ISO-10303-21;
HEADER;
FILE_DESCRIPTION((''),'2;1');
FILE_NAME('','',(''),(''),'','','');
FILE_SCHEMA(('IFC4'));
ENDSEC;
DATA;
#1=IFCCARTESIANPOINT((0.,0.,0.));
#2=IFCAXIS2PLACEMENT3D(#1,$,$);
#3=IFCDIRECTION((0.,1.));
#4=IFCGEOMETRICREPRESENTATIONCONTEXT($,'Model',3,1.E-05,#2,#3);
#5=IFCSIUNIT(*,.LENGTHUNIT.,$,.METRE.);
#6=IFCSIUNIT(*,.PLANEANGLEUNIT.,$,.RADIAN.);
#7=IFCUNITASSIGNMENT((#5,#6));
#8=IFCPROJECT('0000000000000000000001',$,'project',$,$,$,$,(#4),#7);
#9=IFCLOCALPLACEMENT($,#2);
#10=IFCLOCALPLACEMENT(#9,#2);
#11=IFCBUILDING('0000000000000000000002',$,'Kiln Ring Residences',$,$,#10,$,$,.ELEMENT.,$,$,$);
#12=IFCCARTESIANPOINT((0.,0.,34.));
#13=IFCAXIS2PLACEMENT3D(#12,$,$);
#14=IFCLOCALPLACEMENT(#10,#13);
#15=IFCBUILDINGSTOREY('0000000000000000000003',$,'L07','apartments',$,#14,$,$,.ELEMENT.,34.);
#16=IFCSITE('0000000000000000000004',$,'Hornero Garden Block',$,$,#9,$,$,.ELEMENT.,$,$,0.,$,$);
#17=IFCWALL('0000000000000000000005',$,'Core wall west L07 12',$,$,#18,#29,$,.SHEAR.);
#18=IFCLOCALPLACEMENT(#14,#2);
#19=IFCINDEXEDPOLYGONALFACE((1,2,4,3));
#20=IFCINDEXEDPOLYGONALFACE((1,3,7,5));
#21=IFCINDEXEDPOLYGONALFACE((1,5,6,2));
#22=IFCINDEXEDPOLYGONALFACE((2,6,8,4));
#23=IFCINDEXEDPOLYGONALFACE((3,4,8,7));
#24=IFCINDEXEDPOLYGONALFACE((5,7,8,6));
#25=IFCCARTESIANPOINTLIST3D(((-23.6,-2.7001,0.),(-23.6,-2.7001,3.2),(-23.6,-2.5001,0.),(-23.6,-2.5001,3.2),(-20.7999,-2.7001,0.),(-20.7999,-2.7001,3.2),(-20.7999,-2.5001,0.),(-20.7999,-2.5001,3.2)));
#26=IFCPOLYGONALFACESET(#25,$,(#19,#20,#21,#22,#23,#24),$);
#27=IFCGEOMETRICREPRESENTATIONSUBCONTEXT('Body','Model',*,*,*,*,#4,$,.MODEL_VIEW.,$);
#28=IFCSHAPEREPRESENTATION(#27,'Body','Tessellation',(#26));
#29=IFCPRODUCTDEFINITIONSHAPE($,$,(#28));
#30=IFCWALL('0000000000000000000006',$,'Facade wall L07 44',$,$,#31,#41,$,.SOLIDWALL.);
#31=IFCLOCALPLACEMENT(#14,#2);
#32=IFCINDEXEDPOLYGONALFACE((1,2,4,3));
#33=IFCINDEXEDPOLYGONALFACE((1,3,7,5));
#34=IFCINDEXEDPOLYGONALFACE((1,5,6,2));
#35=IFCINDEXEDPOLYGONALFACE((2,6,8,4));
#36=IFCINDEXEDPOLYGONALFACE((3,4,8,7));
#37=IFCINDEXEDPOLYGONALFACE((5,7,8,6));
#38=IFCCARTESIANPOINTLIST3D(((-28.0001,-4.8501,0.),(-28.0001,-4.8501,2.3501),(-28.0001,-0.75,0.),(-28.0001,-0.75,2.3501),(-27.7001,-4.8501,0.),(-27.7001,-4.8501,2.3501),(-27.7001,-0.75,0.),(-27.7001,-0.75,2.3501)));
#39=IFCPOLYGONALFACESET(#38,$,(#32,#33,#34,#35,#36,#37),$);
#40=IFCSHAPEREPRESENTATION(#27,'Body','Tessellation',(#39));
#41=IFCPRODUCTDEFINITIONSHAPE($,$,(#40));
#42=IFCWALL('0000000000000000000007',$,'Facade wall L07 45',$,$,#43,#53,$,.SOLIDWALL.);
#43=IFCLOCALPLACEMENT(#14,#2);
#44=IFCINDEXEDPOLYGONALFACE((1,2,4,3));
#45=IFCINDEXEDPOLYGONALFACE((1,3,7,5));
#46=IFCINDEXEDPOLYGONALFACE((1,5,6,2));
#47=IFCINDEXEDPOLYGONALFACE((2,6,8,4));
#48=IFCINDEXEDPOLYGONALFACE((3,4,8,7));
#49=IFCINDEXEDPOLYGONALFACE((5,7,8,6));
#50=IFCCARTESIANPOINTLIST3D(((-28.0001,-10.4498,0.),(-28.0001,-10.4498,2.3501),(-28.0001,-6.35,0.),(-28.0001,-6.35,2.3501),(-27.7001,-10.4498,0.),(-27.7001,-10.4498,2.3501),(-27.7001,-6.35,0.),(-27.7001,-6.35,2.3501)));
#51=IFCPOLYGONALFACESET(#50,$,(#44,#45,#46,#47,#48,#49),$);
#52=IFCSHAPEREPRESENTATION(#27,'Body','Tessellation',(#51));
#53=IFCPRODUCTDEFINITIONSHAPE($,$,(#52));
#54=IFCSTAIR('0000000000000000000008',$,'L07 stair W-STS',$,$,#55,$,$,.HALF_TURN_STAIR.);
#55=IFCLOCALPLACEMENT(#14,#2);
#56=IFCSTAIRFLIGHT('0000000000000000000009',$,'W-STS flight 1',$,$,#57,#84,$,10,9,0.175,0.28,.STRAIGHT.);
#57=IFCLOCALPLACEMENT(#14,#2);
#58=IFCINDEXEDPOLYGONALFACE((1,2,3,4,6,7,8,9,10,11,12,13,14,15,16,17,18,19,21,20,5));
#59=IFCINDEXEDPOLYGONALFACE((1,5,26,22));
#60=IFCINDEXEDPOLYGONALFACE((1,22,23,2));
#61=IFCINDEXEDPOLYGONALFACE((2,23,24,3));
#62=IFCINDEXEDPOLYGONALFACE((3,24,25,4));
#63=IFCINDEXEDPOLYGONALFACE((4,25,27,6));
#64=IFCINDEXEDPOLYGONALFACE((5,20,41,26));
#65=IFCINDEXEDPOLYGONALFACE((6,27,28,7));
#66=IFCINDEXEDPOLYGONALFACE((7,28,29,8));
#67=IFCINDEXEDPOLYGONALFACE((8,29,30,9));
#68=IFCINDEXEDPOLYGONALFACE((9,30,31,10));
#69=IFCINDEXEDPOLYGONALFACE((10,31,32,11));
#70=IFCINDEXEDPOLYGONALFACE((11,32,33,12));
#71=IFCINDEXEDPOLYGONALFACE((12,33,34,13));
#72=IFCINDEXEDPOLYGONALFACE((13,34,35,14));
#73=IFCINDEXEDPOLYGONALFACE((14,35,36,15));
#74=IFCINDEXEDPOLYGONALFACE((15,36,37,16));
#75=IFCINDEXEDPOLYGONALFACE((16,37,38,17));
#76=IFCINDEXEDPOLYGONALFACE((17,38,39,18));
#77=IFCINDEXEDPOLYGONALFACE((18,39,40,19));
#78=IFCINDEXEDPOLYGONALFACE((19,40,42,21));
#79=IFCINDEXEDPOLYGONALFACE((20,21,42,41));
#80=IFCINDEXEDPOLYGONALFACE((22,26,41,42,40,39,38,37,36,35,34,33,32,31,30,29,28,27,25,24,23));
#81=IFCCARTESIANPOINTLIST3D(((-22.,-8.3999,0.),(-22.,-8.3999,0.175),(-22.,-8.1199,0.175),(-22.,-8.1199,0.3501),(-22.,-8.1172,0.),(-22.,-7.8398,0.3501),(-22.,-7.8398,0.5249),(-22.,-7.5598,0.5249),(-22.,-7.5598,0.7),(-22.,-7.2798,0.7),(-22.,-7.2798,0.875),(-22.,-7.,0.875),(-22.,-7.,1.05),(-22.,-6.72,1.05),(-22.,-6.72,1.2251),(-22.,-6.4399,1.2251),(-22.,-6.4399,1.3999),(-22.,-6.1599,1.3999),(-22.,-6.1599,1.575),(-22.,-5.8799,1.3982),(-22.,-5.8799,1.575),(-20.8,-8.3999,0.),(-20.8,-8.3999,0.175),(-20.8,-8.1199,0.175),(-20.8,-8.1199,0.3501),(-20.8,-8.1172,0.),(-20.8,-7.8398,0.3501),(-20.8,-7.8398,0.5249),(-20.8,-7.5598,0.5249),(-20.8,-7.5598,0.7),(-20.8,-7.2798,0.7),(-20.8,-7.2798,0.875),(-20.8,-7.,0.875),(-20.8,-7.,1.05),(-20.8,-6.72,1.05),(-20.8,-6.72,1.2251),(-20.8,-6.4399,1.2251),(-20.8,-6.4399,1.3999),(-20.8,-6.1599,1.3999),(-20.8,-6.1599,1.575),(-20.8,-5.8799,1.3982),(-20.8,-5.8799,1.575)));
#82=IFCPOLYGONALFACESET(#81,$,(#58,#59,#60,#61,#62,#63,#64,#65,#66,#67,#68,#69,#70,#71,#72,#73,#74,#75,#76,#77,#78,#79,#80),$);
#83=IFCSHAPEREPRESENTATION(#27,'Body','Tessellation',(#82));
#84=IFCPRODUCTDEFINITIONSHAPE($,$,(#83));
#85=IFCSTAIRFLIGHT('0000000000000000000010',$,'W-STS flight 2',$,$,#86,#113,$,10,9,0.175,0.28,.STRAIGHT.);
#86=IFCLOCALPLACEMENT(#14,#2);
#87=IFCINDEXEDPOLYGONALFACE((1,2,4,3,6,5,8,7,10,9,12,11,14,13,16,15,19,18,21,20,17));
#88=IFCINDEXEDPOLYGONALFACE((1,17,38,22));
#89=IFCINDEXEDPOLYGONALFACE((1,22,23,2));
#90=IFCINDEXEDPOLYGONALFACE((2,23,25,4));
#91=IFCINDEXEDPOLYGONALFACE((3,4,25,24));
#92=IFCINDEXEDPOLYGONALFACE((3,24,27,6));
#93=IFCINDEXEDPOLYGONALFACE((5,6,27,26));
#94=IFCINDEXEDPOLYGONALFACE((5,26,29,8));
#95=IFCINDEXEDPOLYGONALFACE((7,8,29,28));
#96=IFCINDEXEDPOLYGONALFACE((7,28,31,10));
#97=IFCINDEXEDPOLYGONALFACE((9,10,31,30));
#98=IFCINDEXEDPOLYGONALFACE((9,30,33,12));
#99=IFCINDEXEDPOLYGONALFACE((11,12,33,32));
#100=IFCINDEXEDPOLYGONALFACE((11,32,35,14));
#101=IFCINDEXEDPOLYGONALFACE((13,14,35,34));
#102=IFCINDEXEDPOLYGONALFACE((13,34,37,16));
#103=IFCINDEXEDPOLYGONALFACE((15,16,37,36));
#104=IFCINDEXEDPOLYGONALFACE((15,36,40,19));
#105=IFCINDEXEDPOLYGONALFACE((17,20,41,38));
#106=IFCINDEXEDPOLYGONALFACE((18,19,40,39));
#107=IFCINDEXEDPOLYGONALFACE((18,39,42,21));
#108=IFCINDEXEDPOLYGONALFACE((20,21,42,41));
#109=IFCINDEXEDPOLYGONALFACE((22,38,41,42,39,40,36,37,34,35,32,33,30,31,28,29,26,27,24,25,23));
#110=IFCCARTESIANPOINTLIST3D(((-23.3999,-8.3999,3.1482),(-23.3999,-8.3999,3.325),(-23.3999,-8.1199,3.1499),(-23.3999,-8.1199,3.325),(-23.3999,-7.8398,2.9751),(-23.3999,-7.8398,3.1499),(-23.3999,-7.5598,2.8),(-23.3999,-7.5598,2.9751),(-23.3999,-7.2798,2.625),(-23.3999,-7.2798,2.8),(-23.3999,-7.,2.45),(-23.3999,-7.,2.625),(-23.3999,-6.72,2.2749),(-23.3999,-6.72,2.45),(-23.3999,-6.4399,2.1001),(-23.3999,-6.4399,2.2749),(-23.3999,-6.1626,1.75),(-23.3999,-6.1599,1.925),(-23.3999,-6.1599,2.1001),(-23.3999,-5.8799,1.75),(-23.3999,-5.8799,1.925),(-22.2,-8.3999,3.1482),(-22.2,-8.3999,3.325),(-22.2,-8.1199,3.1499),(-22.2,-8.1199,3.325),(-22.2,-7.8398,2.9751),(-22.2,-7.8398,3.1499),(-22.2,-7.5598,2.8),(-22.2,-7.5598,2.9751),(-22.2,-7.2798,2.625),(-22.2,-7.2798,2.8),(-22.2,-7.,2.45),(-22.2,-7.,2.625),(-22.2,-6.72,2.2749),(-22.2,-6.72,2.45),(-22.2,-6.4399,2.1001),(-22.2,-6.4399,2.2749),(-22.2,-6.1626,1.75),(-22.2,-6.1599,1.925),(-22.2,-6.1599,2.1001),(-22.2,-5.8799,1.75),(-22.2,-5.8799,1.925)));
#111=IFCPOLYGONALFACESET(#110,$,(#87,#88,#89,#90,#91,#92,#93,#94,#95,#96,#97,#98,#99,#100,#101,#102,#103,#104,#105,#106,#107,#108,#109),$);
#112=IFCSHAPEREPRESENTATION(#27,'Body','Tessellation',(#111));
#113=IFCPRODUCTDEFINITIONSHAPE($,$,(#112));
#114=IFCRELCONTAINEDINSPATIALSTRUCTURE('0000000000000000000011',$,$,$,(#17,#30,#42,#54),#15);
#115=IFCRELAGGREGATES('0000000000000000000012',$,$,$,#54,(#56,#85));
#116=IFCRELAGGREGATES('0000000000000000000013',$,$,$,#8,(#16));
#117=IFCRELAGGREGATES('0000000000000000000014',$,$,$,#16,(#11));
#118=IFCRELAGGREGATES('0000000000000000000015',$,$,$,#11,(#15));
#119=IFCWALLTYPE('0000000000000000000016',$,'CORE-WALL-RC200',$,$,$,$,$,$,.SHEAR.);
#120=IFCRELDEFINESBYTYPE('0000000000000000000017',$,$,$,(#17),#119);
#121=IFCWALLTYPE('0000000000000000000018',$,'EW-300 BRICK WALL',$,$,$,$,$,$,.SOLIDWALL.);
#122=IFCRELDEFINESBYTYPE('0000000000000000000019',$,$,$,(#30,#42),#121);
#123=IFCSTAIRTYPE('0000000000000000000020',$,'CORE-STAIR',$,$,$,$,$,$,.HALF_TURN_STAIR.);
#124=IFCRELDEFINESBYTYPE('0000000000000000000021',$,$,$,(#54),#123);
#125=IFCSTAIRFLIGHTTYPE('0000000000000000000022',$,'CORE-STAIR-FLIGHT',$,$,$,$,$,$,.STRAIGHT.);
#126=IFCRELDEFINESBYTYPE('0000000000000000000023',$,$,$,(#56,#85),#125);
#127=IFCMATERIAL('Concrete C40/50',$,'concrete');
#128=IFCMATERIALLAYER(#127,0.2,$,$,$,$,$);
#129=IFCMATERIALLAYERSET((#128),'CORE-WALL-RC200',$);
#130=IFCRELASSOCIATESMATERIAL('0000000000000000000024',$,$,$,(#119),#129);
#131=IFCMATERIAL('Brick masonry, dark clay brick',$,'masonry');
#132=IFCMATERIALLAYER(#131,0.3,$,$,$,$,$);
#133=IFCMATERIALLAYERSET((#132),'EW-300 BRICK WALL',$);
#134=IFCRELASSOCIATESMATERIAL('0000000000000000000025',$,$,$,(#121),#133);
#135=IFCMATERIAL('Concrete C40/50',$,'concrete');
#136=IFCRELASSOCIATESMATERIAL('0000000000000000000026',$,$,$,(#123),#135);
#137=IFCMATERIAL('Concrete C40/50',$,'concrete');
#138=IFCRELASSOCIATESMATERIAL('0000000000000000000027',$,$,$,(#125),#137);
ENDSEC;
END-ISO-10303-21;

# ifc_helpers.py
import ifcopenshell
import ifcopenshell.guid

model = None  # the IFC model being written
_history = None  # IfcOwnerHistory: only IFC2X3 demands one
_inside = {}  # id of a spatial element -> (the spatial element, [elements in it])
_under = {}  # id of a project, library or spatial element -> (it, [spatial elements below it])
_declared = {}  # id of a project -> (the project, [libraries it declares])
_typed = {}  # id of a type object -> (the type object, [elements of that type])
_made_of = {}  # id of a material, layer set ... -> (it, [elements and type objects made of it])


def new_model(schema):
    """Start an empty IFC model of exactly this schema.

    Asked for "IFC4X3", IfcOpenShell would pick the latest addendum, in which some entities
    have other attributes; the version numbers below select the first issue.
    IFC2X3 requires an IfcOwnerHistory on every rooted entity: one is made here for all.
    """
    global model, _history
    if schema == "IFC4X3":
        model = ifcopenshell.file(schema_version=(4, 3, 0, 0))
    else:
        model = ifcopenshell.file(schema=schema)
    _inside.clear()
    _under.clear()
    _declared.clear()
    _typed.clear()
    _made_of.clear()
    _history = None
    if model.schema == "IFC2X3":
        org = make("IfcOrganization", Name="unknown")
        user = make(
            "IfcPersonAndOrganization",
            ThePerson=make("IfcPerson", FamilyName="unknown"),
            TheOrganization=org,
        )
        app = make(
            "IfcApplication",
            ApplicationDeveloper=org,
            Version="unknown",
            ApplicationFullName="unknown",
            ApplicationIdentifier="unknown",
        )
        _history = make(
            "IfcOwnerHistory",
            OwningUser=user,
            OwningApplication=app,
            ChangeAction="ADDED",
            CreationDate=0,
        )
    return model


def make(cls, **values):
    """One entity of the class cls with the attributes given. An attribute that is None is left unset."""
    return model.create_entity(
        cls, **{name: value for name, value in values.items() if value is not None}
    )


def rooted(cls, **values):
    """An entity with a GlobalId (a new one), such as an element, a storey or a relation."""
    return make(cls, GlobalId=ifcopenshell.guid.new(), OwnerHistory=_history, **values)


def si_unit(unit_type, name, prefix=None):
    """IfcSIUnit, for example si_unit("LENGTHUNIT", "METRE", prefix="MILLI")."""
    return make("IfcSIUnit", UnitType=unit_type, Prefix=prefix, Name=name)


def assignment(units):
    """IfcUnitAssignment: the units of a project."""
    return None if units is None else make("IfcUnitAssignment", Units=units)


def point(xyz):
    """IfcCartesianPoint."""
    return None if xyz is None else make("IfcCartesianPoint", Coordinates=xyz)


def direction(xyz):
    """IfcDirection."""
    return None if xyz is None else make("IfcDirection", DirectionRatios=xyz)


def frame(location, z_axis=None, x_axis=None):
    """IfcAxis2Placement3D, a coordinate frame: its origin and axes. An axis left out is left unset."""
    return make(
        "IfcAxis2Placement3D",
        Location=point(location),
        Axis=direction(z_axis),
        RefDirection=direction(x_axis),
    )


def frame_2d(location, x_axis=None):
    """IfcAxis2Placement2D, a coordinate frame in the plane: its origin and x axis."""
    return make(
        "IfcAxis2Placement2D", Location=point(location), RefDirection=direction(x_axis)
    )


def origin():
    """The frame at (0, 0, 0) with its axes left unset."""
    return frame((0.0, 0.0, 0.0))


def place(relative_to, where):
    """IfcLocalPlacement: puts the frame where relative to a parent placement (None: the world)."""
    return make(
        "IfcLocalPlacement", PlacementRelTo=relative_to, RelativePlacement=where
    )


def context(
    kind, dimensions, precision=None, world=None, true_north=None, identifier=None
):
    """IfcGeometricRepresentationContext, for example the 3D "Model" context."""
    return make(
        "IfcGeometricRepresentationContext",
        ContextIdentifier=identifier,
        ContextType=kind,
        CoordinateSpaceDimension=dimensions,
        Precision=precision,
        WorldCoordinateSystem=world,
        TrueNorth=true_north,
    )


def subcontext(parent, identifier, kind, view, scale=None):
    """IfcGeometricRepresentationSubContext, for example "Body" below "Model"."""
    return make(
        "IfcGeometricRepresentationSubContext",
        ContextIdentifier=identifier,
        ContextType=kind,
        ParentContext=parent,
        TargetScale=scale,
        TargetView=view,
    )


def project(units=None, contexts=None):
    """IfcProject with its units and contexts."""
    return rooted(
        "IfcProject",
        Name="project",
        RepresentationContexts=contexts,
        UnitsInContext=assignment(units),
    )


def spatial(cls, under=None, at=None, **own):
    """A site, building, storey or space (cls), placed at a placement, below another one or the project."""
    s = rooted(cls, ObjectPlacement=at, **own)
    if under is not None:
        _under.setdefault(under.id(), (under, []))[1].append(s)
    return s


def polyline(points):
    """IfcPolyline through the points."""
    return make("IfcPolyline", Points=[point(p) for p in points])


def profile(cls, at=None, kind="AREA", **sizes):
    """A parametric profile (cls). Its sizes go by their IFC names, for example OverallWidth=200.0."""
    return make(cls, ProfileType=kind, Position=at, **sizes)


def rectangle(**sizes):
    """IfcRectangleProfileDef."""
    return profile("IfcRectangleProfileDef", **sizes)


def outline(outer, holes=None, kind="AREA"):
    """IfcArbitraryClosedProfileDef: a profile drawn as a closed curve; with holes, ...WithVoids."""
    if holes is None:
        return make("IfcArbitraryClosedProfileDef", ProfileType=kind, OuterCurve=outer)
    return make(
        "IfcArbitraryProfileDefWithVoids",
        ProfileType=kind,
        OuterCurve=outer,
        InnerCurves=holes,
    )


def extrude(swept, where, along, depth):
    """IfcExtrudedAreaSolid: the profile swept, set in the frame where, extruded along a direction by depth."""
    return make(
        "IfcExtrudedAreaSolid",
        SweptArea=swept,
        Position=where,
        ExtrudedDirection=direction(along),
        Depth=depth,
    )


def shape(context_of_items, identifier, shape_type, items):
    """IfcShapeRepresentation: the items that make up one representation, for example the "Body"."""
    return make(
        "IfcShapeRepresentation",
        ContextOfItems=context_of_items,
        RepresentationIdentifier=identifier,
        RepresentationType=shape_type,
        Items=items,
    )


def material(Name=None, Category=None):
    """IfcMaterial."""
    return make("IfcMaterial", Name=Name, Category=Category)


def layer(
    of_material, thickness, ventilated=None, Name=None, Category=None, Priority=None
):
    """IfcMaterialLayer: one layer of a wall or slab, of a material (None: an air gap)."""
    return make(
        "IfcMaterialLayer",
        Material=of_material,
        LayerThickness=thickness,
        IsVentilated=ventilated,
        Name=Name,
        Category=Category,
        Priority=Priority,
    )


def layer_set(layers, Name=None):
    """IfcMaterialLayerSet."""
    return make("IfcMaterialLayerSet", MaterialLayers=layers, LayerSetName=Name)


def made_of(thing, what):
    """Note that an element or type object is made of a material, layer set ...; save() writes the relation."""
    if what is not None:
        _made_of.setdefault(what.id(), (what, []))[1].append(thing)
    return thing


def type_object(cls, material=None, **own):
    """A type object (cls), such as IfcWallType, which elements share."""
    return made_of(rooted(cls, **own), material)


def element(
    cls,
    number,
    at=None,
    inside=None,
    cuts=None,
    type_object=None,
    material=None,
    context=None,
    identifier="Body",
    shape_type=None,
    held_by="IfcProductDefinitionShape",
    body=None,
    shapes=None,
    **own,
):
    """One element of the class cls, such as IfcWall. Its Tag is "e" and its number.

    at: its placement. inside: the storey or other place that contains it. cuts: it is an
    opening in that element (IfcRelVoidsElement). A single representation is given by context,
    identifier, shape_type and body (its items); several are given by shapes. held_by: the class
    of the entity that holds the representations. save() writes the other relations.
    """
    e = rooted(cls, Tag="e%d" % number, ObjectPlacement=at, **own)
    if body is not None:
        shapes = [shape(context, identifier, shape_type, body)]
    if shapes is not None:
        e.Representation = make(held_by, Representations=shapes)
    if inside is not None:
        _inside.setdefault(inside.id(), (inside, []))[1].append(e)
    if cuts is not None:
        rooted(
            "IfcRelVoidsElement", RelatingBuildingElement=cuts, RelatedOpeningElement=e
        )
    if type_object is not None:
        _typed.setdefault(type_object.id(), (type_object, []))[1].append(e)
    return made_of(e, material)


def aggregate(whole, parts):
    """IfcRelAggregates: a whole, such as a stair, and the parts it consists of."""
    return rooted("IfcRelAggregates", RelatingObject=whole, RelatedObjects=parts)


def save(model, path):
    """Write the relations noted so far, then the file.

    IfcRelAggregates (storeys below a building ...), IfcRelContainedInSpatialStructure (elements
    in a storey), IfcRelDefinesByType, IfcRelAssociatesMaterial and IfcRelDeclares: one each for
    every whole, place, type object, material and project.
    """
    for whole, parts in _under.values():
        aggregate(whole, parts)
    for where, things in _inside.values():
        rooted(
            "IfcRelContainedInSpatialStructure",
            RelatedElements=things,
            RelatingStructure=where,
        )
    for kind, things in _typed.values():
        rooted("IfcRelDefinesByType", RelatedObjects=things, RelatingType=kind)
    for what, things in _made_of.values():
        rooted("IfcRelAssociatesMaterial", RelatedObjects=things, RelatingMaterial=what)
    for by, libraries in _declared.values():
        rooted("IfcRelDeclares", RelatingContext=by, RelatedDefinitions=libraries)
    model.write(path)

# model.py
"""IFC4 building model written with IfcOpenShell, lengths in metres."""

from ifc_helpers import new_model, si_unit, direction, frame, frame_2d, origin, place, context, subcontext, project, spatial, polyline, rectangle, outline, extrude, material, layer, layer_set, type_object, element, aggregate, save


model = new_model("IFC4")

# Units and contexts
model_context = context("Model", 3, precision=1e-05, world=origin(), true_north=direction((0.0, 1.0)))
body_context = subcontext(model_context, "Body", "Model", "MODEL_VIEW")
ifc_project = project(units=[si_unit("LENGTHUNIT", "METRE"), si_unit("PLANEANGLEUNIT", "RADIAN")], contexts=[model_context])

# Site, building, storey
site_placement = place(None, origin())
site = spatial("IfcSite", under=ifc_project, at=site_placement, Name="Hornero Garden Block", CompositionType="ELEMENT", RefElevation=0.0)
building_placement = place(site_placement, origin())
building = spatial("IfcBuilding", under=site, at=building_placement, Name="Kiln Ring Residences", CompositionType="ELEMENT")
storey_placement = place(building_placement, frame((0.0, 0.0, 34.0)))
storey = spatial("IfcBuildingStorey", under=building, at=storey_placement, Name="L07", Description="apartments", CompositionType="ELEMENT", Elevation=34.0)

# Shared definitions
ifc_material_1 = material(Name="Concrete C40/50", Category="concrete")
ifc_layer_1 = layer(ifc_material_1, 0.2)
ifc_layer_set_1 = layer_set([ifc_layer_1], Name="CORE-WALL-RC200")
wall_type_1 = type_object("IfcWallType", Name="CORE-WALL-RC200", PredefinedType="SHEAR", material=ifc_layer_set_1)

# Walls
wall_1_placement = place(storey_placement, frame((-20.8, -2.6001, 0.0), z_axis=(0.0, 0.0, 1.0), x_axis=(-1.0, 0.0, 0.0)))
element("IfcWall", 1, at=wall_1_placement, inside=storey, type_object=wall_type_1, Name="Core wall west L07 12", PredefinedType="SHEAR", context=body_context, shape_type="SweptSolid", body=[
    extrude(rectangle(XDim=2.8, YDim=0.2, at=frame_2d((1.3999, 0.0))), origin(), (0.0, 0.0, 1.0), 3.2),
])
ifc_material_2 = material(Name="Brick masonry, dark clay brick", Category="masonry")
ifc_layer_2 = layer(ifc_material_2, 0.3)
ifc_layer_set_2 = layer_set([ifc_layer_2], Name="EW-300 BRICK WALL")
wall_type_2 = type_object("IfcWallType", Name="EW-300 BRICK WALL", PredefinedType="SOLIDWALL", material=ifc_layer_set_2)
wall_2_placement = place(storey_placement, frame((-27.8501, -0.75, 0.0), z_axis=(0.0, 0.0, 1.0), x_axis=(0.0, -1.0, 0.0)))
element("IfcWall", 2, at=wall_2_placement, inside=storey, type_object=wall_type_2, Name="Facade wall L07 44", PredefinedType="SOLIDWALL", context=body_context, shape_type="SweptSolid", body=[
    extrude(rectangle(XDim=4.1001, YDim=0.3, at=frame_2d((2.05, 0.0))), origin(), (0.0, 0.0, 1.0), 2.3501),
])
wall_3_placement = place(storey_placement, frame((-27.8501, -6.3501, 0.0), z_axis=(0.0, 0.0, 1.0), x_axis=(0.0, -1.0, 0.0)))
element("IfcWall", 3, at=wall_3_placement, inside=storey, type_object=wall_type_2, Name="Facade wall L07 45", PredefinedType="SOLIDWALL", context=body_context, shape_type="SweptSolid", body=[
    extrude(rectangle(XDim=4.0999, YDim=0.3, at=frame_2d((2.0498, 0.0))), origin(), (0.0, 0.0, 1.0), 2.3501),
])

# Stair, stair flights
ifc_material_3 = material(Name="Concrete C40/50", Category="concrete")
stair_type = type_object("IfcStairType", Name="CORE-STAIR", PredefinedType="HALF_TURN_STAIR", material=ifc_material_3)
stair_placement = place(storey_placement, origin())
stair = element("IfcStair", 4, at=stair_placement, inside=storey, type_object=stair_type, Name="L07 stair W-STS", PredefinedType="HALF_TURN_STAIR")
ifc_material_4 = material(Name="Concrete C40/50", Category="concrete")
stair_flight_type = type_object("IfcStairFlightType", Name="CORE-STAIR-FLIGHT", PredefinedType="STRAIGHT", material=ifc_material_4)
stair_flight_1_placement = place(storey_placement, frame((-21.3999, -8.3999, 0.0), z_axis=(0.0, 0.0, 1.0), x_axis=(0.0, 1.0, 0.0)))
stair_flight_1 = element("IfcStairFlight", 5, at=stair_flight_1_placement, type_object=stair_flight_type, Name="W-STS flight 1", NumberOfRisers=10, NumberOfTreads=9, PredefinedType="STRAIGHT", RiserHeight=0.175, TreadLength=0.28, context=body_context, shape_type="SweptSolid", body=[
    extrude(outline(polyline([(0.0, 0.0), (0.0, 0.175), (0.28, 0.175), (0.28, 0.3501), (0.5601, 0.3501), (0.5601, 0.5249), (0.8401, 0.5249), (0.8401, 0.7), (1.1201, 0.7), (1.1201, 0.875), (1.3999, 0.875), (1.3999, 1.05), (1.6799, 1.05), (1.6799, 1.2251), (1.96, 1.2251), (1.96, 1.3999), (2.24, 1.3999), (2.24, 1.575), (2.52, 1.575), (2.52, 1.75), (2.52, 1.3982), (0.2827, 0.0), (0.0, 0.0)])), frame((0.0, 0.6001, 0.0), z_axis=(0.0, -1.0, 0.0), x_axis=(1.0, 0.0, 0.0)), (0.0, 0.0, 1.0), 1.2),
])
stair_flight_2_placement = place(storey_placement, frame((-22.8, -5.8799, 1.75), z_axis=(0.0, 0.0, 1.0), x_axis=(0.0, -1.0, 0.0)))
stair_flight_2 = element("IfcStairFlight", 6, at=stair_flight_2_placement, type_object=stair_flight_type, Name="W-STS flight 2", NumberOfRisers=10, NumberOfTreads=9, PredefinedType="STRAIGHT", RiserHeight=0.175, TreadLength=0.28, context=body_context, shape_type="SweptSolid", body=[
    extrude(outline(polyline([(0.0, 0.0), (0.0, 0.175), (0.28, 0.175), (0.28, 0.3501), (0.5601, 0.3501), (0.5601, 0.5249), (0.8401, 0.5249), (0.8401, 0.7), (1.1201, 0.7), (1.1201, 0.875), (1.3999, 0.875), (1.3999, 1.05), (1.6799, 1.05), (1.6799, 1.2251), (1.96, 1.2251), (1.96, 1.3999), (2.24, 1.3999), (2.24, 1.575), (2.52, 1.575), (2.52, 1.75), (2.52, 1.3982), (0.2827, 0.0), (0.0, 0.0)])), frame((0.0, 0.6001, 0.0), z_axis=(0.0, -1.0, 0.0), x_axis=(1.0, 0.0, 0.0)), (0.0, 0.0, 1.0), 1.2),
])
aggregate(stair, [stair_flight_1, stair_flight_2])

save(model, "model.ifc")
